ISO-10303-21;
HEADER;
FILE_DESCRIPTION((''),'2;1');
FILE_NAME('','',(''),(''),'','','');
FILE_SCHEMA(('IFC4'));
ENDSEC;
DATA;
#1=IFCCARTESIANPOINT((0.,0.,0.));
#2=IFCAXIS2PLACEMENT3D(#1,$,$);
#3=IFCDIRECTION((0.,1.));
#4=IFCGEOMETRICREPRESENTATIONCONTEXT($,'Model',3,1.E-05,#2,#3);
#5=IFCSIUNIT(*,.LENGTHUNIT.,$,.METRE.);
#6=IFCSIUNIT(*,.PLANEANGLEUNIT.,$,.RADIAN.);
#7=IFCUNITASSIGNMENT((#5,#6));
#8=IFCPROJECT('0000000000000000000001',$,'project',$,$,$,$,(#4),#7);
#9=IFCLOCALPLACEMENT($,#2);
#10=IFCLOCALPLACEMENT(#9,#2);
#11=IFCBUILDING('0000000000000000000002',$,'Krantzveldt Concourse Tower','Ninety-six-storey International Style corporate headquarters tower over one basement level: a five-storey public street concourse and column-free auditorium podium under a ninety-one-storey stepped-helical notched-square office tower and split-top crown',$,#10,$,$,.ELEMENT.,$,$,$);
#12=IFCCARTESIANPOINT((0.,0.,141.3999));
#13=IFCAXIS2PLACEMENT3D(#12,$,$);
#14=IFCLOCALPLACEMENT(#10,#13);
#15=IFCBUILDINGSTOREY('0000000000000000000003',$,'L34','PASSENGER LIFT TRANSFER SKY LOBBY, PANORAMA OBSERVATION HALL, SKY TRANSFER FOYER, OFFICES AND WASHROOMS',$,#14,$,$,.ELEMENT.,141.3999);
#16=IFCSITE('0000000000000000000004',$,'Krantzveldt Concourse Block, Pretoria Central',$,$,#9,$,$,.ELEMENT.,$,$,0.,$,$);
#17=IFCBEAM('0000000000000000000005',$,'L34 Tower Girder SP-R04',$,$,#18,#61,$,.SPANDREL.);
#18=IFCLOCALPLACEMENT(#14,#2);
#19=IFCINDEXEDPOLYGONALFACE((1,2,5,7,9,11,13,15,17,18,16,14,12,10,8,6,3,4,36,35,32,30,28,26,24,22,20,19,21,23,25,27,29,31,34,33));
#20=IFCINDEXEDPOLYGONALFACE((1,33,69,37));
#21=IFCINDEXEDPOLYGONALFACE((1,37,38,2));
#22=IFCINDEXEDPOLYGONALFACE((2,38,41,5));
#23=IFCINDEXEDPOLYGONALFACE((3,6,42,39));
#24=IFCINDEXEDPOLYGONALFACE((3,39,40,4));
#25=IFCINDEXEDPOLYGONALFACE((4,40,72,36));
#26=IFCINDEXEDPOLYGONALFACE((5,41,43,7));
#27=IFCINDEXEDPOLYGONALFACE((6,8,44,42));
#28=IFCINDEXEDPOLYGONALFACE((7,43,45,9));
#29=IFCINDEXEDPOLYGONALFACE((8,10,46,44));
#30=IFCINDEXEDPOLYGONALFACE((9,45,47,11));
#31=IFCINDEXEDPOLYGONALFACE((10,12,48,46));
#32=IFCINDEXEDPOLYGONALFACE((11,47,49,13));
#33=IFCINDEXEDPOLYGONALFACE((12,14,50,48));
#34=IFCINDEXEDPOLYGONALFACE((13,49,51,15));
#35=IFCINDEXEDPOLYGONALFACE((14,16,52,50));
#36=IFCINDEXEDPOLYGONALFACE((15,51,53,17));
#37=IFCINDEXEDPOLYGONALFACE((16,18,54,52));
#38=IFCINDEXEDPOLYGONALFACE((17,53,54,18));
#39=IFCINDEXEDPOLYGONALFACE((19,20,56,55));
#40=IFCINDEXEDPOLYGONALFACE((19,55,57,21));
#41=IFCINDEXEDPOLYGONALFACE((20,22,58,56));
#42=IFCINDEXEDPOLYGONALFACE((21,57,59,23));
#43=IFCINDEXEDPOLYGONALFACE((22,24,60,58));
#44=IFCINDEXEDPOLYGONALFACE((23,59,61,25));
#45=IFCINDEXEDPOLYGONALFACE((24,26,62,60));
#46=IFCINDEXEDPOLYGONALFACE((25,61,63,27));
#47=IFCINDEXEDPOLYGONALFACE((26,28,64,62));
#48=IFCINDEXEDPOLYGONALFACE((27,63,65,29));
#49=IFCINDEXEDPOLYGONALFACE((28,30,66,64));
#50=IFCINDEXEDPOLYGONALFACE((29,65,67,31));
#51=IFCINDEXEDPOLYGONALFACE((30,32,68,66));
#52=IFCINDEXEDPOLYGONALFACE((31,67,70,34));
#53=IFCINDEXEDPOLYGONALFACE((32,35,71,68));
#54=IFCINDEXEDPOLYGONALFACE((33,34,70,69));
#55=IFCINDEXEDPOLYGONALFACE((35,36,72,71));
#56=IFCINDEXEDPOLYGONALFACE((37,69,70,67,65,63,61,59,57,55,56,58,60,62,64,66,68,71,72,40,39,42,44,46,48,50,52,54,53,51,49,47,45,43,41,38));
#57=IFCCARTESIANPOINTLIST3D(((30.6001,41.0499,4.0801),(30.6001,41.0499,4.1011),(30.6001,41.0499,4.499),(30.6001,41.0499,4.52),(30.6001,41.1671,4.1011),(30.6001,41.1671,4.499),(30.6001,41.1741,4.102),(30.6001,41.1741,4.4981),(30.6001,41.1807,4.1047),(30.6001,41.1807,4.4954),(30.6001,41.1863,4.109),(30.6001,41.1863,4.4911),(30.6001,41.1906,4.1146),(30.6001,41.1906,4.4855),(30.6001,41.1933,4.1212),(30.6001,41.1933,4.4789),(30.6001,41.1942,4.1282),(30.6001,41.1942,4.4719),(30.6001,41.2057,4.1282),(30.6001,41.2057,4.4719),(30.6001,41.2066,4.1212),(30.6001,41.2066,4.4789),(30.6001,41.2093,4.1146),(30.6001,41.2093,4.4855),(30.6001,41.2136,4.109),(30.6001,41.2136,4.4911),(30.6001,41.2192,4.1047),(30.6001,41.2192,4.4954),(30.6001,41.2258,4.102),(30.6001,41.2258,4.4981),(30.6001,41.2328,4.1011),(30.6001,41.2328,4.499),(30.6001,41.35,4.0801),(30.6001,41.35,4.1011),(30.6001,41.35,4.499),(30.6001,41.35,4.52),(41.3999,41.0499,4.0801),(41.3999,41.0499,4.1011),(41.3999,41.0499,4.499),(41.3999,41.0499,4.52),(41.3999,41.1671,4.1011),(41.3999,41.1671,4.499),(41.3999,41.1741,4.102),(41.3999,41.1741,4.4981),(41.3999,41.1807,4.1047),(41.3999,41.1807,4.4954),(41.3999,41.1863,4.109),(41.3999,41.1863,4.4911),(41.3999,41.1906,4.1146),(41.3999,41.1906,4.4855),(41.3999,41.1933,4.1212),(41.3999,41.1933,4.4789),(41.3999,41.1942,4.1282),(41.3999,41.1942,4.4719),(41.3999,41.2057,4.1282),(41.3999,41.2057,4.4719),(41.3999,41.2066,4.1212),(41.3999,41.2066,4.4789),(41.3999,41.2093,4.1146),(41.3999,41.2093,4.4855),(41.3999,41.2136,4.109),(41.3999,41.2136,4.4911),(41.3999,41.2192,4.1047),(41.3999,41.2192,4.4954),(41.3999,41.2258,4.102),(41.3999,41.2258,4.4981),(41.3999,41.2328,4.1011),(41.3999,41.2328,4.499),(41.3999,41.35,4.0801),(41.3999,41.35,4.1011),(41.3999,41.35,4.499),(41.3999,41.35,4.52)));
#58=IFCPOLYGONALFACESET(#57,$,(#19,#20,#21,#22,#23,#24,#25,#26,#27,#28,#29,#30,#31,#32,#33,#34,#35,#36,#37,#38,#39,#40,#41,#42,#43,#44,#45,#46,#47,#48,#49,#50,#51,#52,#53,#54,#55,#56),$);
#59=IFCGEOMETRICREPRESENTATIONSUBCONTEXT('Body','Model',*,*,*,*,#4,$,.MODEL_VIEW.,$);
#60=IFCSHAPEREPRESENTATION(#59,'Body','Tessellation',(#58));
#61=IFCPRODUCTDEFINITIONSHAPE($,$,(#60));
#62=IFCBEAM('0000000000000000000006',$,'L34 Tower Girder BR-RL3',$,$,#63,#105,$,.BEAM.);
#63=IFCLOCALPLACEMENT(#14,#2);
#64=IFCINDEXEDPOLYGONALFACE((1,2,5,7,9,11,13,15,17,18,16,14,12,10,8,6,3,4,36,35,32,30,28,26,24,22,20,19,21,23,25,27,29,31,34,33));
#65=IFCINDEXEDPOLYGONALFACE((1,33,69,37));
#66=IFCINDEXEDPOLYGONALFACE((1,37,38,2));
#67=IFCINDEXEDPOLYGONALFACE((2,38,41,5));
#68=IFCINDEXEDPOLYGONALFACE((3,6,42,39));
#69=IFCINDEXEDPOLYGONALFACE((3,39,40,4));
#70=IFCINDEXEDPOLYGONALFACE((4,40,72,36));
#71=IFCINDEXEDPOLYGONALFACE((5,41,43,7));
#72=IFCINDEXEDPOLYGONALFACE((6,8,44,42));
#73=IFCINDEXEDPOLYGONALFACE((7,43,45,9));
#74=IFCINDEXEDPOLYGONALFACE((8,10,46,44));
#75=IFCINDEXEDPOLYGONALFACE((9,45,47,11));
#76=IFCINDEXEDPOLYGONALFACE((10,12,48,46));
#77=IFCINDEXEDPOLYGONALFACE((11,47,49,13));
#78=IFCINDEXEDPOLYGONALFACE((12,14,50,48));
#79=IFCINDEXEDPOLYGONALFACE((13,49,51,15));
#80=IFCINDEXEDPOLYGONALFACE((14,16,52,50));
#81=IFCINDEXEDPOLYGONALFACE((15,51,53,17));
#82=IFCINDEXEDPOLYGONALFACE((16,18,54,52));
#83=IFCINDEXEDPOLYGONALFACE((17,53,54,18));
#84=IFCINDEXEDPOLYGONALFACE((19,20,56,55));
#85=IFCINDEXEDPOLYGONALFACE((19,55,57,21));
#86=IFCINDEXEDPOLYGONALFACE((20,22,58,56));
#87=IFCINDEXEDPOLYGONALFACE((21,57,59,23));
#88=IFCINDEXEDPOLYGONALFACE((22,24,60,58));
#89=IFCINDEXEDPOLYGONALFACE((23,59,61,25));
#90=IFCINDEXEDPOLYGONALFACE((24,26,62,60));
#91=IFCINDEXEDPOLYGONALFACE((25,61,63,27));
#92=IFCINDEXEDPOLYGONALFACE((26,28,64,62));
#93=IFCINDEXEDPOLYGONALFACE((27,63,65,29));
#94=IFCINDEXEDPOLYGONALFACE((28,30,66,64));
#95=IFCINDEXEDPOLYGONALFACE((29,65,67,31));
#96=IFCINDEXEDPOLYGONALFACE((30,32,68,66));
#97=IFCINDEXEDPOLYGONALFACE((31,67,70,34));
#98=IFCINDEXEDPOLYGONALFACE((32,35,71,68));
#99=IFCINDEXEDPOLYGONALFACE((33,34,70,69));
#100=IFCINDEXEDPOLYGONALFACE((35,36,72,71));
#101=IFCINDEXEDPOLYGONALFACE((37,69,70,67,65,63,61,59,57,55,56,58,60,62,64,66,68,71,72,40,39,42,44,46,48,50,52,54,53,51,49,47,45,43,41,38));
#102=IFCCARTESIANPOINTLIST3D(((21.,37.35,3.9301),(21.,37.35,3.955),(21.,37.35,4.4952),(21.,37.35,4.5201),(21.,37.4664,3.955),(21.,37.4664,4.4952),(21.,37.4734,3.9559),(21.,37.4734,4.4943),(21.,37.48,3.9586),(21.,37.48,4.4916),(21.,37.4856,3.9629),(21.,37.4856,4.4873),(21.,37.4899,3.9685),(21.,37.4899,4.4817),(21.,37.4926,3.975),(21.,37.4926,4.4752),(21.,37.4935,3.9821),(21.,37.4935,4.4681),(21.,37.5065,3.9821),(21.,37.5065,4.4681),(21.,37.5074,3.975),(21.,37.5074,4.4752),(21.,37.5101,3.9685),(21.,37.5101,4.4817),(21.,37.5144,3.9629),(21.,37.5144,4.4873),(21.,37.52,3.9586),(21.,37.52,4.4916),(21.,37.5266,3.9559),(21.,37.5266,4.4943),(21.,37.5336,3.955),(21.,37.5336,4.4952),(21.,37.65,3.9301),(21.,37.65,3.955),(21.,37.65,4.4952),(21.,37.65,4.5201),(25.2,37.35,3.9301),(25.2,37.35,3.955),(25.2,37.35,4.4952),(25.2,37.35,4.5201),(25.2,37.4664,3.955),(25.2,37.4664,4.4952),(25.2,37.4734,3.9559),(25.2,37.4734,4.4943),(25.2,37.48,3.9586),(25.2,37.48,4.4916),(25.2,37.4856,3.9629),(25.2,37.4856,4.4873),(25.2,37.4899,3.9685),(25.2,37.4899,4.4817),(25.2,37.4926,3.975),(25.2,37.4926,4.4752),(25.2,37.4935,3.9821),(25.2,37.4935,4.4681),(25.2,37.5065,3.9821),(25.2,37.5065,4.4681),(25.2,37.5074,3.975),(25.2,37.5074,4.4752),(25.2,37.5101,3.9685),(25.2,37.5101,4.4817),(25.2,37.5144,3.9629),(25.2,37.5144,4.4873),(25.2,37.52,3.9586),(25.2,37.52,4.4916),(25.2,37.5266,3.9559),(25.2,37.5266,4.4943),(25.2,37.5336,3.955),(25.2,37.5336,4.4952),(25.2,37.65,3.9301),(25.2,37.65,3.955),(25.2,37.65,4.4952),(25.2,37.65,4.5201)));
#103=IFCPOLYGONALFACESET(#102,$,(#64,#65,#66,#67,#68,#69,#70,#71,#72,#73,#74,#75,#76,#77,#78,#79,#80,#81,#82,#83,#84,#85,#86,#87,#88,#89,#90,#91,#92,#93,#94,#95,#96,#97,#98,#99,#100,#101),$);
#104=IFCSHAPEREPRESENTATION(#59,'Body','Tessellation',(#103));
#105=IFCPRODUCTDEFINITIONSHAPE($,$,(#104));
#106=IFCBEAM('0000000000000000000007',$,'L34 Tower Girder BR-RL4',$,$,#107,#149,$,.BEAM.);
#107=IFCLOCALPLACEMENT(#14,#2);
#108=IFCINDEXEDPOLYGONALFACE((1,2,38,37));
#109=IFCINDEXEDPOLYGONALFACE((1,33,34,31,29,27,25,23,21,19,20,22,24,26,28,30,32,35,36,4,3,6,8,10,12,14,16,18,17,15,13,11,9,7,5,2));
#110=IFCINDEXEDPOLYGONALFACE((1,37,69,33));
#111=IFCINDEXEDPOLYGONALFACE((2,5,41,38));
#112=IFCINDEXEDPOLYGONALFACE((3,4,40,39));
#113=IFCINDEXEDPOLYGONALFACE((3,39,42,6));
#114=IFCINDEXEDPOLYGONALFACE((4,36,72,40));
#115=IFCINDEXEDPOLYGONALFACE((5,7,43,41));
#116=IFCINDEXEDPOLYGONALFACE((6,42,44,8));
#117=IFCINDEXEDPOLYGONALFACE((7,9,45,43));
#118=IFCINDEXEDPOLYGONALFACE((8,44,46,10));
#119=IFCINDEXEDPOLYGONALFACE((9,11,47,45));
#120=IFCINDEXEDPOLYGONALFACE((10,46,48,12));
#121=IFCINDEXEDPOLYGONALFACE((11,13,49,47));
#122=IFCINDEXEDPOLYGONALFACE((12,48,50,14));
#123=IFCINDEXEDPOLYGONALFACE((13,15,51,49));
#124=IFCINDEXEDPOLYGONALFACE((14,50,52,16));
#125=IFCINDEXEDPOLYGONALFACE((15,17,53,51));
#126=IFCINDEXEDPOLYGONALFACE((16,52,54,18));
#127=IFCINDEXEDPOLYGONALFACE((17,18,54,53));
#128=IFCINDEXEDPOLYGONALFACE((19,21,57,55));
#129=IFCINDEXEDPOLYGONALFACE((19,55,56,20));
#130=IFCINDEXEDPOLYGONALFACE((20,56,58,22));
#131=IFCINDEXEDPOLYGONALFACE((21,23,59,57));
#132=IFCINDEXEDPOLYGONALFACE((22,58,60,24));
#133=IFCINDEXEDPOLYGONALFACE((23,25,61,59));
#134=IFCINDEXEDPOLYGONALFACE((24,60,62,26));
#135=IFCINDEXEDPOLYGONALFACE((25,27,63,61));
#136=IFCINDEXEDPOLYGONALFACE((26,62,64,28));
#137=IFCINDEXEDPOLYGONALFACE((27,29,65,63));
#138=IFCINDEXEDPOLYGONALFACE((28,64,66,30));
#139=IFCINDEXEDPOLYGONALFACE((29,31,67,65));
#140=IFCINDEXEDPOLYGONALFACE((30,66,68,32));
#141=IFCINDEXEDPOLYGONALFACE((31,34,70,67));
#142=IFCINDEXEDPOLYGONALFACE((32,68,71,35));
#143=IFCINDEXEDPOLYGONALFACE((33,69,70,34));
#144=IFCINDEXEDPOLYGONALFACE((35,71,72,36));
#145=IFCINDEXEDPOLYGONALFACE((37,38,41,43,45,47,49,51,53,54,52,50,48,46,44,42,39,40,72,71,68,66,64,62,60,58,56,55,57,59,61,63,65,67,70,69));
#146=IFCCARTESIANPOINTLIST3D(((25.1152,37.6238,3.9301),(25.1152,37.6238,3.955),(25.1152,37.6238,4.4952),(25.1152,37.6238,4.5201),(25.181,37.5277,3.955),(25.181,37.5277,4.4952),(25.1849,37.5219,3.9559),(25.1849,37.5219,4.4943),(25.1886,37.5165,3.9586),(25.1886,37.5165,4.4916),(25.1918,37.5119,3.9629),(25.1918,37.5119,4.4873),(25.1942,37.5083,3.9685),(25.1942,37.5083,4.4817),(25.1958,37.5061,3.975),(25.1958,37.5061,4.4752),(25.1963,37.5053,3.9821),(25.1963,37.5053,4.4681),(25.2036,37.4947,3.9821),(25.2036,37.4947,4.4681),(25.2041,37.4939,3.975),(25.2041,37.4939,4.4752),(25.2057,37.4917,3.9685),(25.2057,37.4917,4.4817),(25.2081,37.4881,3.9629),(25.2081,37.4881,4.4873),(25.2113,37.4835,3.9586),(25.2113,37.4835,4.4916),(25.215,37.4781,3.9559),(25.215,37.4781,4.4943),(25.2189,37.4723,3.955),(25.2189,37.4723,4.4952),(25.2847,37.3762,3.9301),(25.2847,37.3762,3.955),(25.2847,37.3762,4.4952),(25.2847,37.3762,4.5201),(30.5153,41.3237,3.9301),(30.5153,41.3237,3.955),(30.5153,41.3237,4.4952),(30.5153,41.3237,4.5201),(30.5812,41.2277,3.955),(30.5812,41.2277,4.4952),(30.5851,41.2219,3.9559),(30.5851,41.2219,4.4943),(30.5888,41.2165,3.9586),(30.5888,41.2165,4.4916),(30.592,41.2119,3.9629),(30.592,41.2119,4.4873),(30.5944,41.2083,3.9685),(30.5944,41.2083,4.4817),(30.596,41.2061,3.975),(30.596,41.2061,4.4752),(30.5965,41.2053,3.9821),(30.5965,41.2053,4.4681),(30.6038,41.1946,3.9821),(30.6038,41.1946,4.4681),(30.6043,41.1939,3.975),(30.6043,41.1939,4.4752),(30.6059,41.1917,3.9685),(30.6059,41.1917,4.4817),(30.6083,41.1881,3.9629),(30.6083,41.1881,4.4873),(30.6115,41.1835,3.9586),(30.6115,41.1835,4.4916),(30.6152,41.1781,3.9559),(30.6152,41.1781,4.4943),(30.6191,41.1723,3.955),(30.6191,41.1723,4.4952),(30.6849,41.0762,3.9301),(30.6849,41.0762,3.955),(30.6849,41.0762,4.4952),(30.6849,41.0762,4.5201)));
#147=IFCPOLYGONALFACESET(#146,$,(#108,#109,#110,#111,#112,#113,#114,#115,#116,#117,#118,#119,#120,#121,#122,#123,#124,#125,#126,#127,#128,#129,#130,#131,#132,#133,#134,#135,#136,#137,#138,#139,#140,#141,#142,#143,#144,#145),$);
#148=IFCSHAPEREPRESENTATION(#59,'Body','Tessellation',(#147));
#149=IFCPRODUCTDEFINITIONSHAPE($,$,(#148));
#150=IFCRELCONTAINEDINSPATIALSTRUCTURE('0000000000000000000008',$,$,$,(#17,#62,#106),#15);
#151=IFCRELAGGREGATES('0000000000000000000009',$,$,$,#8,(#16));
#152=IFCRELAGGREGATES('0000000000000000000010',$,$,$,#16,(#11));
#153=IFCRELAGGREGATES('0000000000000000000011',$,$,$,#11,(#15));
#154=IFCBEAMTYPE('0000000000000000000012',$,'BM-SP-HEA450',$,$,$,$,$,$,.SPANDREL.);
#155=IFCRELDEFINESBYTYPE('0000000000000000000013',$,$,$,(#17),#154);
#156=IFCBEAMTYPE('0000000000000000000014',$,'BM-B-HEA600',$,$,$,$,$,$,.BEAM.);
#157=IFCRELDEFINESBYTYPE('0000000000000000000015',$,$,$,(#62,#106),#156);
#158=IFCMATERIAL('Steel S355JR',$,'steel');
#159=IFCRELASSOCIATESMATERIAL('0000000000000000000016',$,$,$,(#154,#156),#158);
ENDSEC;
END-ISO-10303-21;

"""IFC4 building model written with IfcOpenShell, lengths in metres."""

from ifc_helpers import new_model, si_unit, direction, frame, origin, origin_2d, place, context, subcontext, project, spatial, i_section, extrude, source, transform, mapped, material, material_profile, profile_set, type_object, type_shapes, element, save


model = new_model("IFC4")

# Units and contexts
model_context = context("Model", 3, precision=1e-05, world=origin(), true_north=direction((0.0, 1.0)))
body_context = subcontext(model_context, "Body", "Model", "MODEL_VIEW")
ifc_project = project(units=[si_unit("LENGTHUNIT", "METRE"), si_unit("PLANEANGLEUNIT", "RADIAN")], contexts=[model_context])

# Site, building, storey
site_placement = place(None, origin())
site = spatial("IfcSite", under=ifc_project, at=site_placement, Name="Krantzveldt Concourse Block, Pretoria Central", CompositionType="ELEMENT", RefElevation=0.0)
building_placement = place(site_placement, origin())
building = spatial("IfcBuilding", under=site, at=building_placement, Name="Krantzveldt Concourse Tower", Description="Ninety-six-storey International Style corporate headquarters tower over one basement level: a five-storey public street concourse and column-free auditorium podium under a ninety-one-storey stepped-helical notched-square office tower and split-top crown", CompositionType="ELEMENT")
storey_placement = place(building_placement, frame((0.0, 0.0, 141.3999)))
storey = spatial("IfcBuildingStorey", under=building, at=storey_placement, Name="L34", Description="PASSENGER LIFT TRANSFER SKY LOBBY, PANORAMA OBSERVATION HALL, SKY TRANSFER FOYER, OFFICES AND WASHROOMS", CompositionType="ELEMENT", Elevation=141.3999)

# Beams
ifc_material_1 = material(Name="Steel S355JR", Category="steel")
ifc_material_profile_1 = material_profile(ifc_material_1, i_section(OverallWidth=0.3, OverallDepth=0.4399, WebThickness=0.0115, FlangeThickness=0.021, FilletRadius=0.0271, at=origin_2d()), Name="Steel S355JR", Category="steel")
ifc_profile_set_1 = profile_set([ifc_material_profile_1], Name="Steel S355JR - HEA 450")
beam_type_1 = type_object("IfcBeamType", Name="BM-SP-HEA450", PredefinedType="SPANDREL", material=ifc_profile_set_1)
shared_shape_1 = source(origin(), body_context, "Body", "SweptSolid", [
    extrude(i_section(OverallWidth=0.3, OverallDepth=0.4399, WebThickness=0.0115, FlangeThickness=0.021, FilletRadius=0.0271, at=origin_2d()), origin(), (0.0, 0.0, 1.0), 10.7998),
])
beam_1_placement = place(storey_placement, frame((30.6001, 41.2, 4.3), z_axis=(1.0, 0.0, 0.0), x_axis=(0.0, 1.0, 0.0)))
element("IfcBeam", 1, at=beam_1_placement, inside=storey, type_object=beam_type_1, Name="L34 Tower Girder SP-R04", PredefinedType="SPANDREL", context=body_context, shape_type="MappedRepresentation", body=[
    mapped(shared_shape_1, transform((0.0, 0.0, 0.0), x_axis=(1.0, 0.0, 0.0), y_axis=(0.0, 1.0, 0.0), z_axis=(0.0, 0.0, 1.0), scale=1.0)),
])
ifc_material_profile_2 = material_profile(ifc_material_1, i_section(OverallWidth=0.3, OverallDepth=0.5901, WebThickness=0.0129, FlangeThickness=0.0249, FilletRadius=0.0271, at=origin_2d()), Name="Steel S355JR", Category="steel")
ifc_profile_set_2 = profile_set([ifc_material_profile_2], Name="Steel S355JR - HEA 600")
beam_type_2 = type_object("IfcBeamType", Name="BM-B-HEA600", PredefinedType="BEAM", material=ifc_profile_set_2)
shared_shape_2 = source(origin(), body_context, "Body", "SweptSolid", [
    extrude(i_section(OverallWidth=0.3, OverallDepth=0.5901, WebThickness=0.0129, FlangeThickness=0.0249, FilletRadius=0.0271, at=origin_2d()), origin(), (0.0, 0.0, 1.0), 4.2),
])
beam_2_placement = place(storey_placement, frame((21.0, 37.5, 4.2251), z_axis=(1.0, 0.0, 0.0), x_axis=(0.0, 1.0, 0.0)))
element("IfcBeam", 2, at=beam_2_placement, inside=storey, type_object=beam_type_2, Name="L34 Tower Girder BR-RL3", PredefinedType="BEAM", context=body_context, shape_type="MappedRepresentation", body=[
    mapped(shared_shape_2, transform((0.0, 0.0, 0.0), x_axis=(1.0, 0.0, 0.0), y_axis=(0.0, 1.0, 0.0), z_axis=(0.0, 0.0, 1.0), scale=1.0)),
])
shared_shape_3 = source(origin(), body_context, "Body", "SweptSolid", [
    extrude(i_section(OverallWidth=0.3, OverallDepth=0.5901, WebThickness=0.0129, FlangeThickness=0.0249, FilletRadius=0.0271, at=origin_2d()), origin(), (0.0, 0.0, 1.0), 6.5461),
])
type_shapes(beam_type_2, [shared_shape_2, shared_shape_3])
beam_3_placement = place(storey_placement, frame((25.2, 37.5, 4.2251), z_axis=(0.824943, 0.565216, 0.0), x_axis=(-0.565216, 0.824943, 0.0)))
element("IfcBeam", 3, at=beam_3_placement, inside=storey, type_object=beam_type_2, Name="L34 Tower Girder BR-RL4", PredefinedType="BEAM", context=body_context, shape_type="MappedRepresentation", body=[
    mapped(shared_shape_3, transform((0.0, 0.0, 0.0), x_axis=(1.0, 0.0, 0.0), y_axis=(0.0, 1.0, 0.0), z_axis=(0.0, 0.0, 1.0), scale=1.0)),
])

save(model, "model.ifc")
